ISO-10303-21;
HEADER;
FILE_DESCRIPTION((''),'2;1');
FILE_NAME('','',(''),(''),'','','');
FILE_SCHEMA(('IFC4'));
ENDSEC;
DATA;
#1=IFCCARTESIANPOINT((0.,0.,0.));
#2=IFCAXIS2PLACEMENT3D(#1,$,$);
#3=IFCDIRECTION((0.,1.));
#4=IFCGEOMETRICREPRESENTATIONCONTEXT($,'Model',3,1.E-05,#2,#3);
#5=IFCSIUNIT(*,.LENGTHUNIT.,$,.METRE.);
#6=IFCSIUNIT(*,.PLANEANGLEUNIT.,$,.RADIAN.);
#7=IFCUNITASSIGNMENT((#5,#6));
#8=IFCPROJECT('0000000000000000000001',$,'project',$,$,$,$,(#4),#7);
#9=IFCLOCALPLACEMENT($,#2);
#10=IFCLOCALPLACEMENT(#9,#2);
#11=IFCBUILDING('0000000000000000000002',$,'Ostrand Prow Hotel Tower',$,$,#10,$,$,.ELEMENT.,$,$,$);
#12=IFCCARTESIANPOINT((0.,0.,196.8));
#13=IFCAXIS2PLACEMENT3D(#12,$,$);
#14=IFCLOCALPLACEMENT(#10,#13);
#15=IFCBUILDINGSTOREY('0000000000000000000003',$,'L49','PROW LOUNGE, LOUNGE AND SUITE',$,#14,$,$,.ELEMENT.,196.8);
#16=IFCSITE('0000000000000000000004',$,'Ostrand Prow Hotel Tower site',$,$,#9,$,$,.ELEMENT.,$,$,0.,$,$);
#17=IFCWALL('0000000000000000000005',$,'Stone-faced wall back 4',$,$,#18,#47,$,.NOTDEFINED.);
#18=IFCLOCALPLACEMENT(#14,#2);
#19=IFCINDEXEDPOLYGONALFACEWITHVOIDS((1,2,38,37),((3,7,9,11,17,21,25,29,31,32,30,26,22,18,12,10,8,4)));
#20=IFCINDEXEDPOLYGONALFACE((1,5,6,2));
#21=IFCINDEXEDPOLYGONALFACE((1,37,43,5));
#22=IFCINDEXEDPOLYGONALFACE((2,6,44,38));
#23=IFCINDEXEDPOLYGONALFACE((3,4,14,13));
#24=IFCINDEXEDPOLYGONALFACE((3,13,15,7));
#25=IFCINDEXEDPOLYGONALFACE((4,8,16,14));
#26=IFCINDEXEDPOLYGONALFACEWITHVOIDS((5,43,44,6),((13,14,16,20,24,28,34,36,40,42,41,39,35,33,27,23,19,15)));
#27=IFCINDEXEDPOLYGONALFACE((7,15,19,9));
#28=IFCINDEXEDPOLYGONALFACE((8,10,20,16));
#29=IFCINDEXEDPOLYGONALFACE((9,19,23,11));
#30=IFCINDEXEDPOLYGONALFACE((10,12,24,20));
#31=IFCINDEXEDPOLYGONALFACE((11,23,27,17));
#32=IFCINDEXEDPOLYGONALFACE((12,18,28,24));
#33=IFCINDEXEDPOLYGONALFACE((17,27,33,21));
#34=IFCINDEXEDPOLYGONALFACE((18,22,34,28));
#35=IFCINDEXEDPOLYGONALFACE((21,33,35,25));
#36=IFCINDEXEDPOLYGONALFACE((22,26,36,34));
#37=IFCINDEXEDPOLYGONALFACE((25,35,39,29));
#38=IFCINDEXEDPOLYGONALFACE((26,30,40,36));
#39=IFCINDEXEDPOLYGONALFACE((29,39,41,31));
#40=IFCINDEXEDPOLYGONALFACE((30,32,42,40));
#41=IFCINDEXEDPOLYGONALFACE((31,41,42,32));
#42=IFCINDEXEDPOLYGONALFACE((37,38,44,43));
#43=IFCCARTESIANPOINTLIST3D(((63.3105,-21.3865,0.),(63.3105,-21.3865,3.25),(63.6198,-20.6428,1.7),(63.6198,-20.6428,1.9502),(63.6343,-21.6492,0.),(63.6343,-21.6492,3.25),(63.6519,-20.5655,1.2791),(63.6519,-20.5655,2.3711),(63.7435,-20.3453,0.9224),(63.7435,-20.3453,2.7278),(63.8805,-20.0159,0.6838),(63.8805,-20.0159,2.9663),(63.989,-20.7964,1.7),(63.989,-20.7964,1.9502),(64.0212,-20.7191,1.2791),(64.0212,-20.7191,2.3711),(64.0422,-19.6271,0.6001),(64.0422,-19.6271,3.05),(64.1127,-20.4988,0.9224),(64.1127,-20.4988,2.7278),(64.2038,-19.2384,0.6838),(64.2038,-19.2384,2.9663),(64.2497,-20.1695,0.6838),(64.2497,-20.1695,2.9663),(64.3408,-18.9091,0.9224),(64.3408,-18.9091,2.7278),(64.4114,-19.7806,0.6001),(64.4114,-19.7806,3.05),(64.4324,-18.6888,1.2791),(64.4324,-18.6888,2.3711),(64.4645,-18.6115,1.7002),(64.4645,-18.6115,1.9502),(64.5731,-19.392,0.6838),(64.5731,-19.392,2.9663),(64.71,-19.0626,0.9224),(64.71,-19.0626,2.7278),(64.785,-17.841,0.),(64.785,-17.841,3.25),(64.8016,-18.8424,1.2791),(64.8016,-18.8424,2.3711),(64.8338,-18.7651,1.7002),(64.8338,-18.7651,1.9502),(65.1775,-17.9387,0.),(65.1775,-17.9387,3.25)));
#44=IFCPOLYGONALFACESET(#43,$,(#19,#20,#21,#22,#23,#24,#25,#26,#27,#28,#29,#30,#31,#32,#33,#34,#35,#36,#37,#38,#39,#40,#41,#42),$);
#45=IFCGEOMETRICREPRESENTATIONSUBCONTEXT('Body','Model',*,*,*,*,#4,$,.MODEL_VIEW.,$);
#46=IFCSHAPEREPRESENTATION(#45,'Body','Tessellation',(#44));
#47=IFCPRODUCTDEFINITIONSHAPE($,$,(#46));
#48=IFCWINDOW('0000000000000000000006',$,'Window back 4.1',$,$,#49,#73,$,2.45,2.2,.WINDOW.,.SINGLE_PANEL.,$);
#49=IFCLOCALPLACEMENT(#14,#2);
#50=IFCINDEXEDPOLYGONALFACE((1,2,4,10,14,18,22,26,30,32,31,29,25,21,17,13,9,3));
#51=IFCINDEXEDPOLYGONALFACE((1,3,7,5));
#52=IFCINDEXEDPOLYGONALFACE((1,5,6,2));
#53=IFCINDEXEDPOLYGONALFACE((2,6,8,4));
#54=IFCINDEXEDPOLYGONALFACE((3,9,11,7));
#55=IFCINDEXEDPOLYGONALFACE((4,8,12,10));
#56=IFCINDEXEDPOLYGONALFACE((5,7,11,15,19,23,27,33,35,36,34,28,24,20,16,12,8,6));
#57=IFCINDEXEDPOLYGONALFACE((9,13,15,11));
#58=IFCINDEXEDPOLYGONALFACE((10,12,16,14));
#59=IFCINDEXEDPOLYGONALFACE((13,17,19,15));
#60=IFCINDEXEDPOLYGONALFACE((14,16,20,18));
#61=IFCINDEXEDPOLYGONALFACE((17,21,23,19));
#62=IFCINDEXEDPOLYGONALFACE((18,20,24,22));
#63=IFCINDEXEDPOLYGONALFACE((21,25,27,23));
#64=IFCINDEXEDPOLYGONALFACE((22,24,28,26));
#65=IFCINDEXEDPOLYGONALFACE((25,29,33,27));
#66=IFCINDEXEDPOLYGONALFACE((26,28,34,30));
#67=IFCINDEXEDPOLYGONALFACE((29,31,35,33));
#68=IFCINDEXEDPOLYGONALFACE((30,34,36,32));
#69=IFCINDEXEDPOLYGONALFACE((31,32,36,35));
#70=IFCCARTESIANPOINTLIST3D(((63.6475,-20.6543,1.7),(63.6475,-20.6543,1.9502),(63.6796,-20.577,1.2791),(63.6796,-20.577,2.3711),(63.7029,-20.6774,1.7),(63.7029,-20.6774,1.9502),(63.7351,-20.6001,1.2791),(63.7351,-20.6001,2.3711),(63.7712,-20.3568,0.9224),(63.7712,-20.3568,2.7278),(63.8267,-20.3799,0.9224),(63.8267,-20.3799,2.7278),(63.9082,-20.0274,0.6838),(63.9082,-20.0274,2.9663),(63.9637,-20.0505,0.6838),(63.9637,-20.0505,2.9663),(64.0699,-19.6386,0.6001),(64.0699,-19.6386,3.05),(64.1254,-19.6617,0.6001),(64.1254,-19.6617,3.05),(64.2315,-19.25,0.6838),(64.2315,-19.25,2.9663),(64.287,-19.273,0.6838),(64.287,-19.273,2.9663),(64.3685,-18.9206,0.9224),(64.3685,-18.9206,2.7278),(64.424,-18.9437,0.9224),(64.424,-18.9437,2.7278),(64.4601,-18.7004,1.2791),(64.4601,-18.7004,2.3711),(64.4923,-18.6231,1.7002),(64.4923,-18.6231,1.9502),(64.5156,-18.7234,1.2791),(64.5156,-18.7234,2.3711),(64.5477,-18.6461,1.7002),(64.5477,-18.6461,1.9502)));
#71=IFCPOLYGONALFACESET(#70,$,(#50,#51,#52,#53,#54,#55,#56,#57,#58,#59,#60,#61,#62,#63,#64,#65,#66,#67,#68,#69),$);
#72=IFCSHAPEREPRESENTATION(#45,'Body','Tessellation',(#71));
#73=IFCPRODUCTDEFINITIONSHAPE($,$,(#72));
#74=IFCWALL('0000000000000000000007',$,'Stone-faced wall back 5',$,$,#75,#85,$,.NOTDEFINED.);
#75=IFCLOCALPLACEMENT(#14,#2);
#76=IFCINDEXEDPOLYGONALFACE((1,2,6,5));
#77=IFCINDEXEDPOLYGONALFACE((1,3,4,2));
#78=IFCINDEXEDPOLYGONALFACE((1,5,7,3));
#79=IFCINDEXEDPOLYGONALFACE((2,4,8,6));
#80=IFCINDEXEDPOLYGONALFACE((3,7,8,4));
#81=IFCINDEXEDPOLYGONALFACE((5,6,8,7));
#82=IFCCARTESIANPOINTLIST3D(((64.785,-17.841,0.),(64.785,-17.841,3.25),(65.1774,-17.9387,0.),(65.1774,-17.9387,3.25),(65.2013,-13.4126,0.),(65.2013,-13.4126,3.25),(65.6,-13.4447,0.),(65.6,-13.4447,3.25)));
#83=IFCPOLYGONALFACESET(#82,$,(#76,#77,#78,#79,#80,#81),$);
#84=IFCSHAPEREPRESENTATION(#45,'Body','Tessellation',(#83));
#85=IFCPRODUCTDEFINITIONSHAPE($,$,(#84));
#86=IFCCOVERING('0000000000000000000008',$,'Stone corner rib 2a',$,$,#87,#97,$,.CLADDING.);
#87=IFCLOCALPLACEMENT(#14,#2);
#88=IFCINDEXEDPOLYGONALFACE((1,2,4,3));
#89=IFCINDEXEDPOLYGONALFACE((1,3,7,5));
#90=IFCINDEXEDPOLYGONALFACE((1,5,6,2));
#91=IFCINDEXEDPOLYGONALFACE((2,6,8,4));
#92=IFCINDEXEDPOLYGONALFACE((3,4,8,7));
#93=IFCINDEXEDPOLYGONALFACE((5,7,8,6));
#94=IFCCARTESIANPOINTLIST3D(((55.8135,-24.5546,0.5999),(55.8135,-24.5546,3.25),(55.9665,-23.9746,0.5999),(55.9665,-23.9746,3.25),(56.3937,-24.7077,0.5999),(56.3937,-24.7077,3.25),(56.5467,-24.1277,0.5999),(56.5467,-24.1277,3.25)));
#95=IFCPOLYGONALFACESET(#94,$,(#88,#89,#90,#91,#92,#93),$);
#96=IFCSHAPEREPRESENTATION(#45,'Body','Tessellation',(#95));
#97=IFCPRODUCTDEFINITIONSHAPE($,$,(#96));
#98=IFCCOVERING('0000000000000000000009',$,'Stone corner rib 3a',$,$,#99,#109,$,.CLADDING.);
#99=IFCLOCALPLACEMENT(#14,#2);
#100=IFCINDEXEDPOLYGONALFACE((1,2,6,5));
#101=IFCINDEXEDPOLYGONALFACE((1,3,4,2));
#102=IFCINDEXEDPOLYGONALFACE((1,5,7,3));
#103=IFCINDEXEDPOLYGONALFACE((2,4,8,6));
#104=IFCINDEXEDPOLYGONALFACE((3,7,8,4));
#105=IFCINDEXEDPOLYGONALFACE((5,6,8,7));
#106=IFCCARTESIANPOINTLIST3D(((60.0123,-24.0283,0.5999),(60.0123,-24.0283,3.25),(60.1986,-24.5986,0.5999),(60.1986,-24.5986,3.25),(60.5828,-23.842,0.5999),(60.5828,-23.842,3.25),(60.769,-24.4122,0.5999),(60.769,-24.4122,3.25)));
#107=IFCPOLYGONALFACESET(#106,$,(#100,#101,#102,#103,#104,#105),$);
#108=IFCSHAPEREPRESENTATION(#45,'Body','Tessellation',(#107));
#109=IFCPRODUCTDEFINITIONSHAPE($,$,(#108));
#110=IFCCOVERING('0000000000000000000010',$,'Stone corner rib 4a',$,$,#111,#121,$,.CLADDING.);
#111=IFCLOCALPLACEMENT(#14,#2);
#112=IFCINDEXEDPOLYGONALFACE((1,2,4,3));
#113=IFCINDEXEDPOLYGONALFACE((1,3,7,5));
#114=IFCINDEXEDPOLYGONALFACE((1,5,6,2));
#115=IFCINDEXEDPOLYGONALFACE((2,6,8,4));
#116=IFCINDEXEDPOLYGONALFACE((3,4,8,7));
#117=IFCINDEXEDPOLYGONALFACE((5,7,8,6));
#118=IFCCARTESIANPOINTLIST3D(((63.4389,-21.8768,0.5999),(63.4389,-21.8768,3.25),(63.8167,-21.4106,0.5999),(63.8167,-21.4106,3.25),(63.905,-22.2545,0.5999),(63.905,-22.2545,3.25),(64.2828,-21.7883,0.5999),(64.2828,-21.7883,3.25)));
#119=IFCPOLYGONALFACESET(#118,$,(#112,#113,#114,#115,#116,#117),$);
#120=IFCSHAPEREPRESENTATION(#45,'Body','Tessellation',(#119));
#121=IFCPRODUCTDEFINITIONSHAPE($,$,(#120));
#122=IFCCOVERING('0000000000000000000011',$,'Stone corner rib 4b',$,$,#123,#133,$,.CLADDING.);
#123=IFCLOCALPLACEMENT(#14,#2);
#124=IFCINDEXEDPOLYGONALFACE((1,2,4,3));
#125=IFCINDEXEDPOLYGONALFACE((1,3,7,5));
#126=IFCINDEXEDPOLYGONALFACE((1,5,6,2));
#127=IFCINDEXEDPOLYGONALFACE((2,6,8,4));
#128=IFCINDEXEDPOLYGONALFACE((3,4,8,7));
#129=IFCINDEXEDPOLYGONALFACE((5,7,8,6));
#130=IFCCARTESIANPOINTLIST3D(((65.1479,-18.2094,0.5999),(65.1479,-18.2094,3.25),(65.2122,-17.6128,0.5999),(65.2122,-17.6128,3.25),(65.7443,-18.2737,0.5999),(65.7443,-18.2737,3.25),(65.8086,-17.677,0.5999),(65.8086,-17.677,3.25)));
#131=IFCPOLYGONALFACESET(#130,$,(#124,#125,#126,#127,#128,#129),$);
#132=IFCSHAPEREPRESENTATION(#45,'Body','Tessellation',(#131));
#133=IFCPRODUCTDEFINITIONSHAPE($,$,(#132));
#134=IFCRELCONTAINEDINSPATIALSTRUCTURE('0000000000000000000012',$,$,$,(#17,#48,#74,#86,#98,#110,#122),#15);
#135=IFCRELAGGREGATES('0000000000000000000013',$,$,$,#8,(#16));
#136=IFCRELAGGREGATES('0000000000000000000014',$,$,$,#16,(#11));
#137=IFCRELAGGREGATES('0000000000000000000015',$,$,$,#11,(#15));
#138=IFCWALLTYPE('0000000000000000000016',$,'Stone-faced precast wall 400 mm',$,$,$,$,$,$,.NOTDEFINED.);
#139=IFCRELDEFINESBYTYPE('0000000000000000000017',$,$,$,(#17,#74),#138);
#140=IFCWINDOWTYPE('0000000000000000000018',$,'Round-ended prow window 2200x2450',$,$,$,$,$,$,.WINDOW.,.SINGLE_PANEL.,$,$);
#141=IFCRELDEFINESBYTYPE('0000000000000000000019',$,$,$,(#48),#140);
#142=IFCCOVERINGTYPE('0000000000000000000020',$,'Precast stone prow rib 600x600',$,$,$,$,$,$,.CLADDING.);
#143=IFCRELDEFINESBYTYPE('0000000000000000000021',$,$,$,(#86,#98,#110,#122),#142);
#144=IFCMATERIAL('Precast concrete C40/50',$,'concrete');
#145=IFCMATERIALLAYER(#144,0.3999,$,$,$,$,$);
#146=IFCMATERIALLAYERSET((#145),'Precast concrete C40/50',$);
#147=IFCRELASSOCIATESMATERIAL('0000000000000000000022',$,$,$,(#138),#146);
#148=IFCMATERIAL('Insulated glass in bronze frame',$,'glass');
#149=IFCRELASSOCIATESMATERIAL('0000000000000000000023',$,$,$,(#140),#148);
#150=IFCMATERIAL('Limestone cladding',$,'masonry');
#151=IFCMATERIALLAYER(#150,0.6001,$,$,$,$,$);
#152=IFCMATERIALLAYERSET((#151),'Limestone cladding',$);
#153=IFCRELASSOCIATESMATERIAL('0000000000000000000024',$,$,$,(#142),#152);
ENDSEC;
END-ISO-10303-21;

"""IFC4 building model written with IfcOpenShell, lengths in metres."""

from ifc_helpers import new_model, si_unit, direction, frame, frame_2d, origin, place, context, subcontext, project, spatial, polyline, rectangle, outline, extrude, material, layer, layer_set, type_object, element, fill, save


model = new_model("IFC4")

# Units and contexts
model_context = context("Model", 3, precision=1e-05, world=origin(), true_north=direction((0.0, 1.0)))
body_context = subcontext(model_context, "Body", "Model", "MODEL_VIEW")
ifc_project = project(units=[si_unit("LENGTHUNIT", "METRE"), si_unit("PLANEANGLEUNIT", "RADIAN")], contexts=[model_context])

# Site, building, storey
site_placement = place(None, origin())
site = spatial("IfcSite", under=ifc_project, at=site_placement, Name="Ostrand Prow Hotel Tower site", CompositionType="ELEMENT", RefElevation=0.0)
building_placement = place(site_placement, origin())
building = spatial("IfcBuilding", under=site, at=building_placement, Name="Ostrand Prow Hotel Tower", CompositionType="ELEMENT")
storey_placement = place(building_placement, frame((0.0, 0.0, 196.8)))
storey = spatial("IfcBuildingStorey", under=building, at=storey_placement, Name="L49", Description="PROW LOUNGE, LOUNGE AND SUITE", CompositionType="ELEMENT", Elevation=196.8)

# Wall, opening, window
ifc_material_1 = material(Name="Precast concrete C40/50", Category="concrete")
ifc_layer_1 = layer(ifc_material_1, 0.3999)
ifc_layer_set_1 = layer_set([ifc_layer_1], Name="Precast concrete C40/50")
wall_type_1 = type_object("IfcWallType", Name="Stone-faced precast wall 400 mm", PredefinedType="NOTDEFINED", material=ifc_layer_set_1)
ifc_material_2 = material(Name="Insulated glass in bronze frame", Category="glass")
window_type = type_object("IfcWindowType", Name="Round-ended prow window 2200x2450", PartitioningType="SINGLE_PANEL", PredefinedType="WINDOW", material=ifc_material_2)
wall_1_placement = place(storey_placement, frame((63.4724, -21.5178, 0.0), z_axis=(0.0, 0.0, 1.0), x_axis=(0.383998, 0.923334, 0.0)))
wall_1 = element("IfcWall", 1, at=wall_1_placement, inside=storey, type_object=wall_type_1, Name="Stone-faced wall back 4", PredefinedType="NOTDEFINED", context=body_context, shape_type="SweptSolid", body=[
    extrude(outline(polyline([(-0.0591, -0.2), (3.9595, -0.2), (3.8989, 0.2), (0.0591, 0.2), (-0.0591, -0.2)])), origin(), (0.0, 0.0, 1.0), 3.25),
])
opening_1_placement = place(wall_1_placement, frame((0.8645, 0.0, 0.6001)))
opening_1 = element("IfcOpeningElement", 2, at=opening_1_placement, cuts=wall_1, PredefinedType="OPENING", context=body_context, shape_type="SweptSolid", body=[
    extrude(outline(polyline([(0.0, 1.3501), (0.0837, 1.771), (0.3223, 2.1277), (0.679, 2.3662), (1.1001, 2.45), (1.521, 2.3662), (1.8777, 2.1277), (2.1162, 1.771), (2.2, 1.3501), (2.2, 1.1001), (2.1162, 0.679), (1.8777, 0.3223), (1.521, 0.0837), (1.1001, 0.0), (0.679, 0.0837), (0.3223, 0.3223), (0.0837, 0.679), (0.0, 1.0999), (0.0, 1.3501)])), frame((0.0, 0.21, 0.0), z_axis=(0.0, -1.0, 0.0), x_axis=(1.0, 0.0, 0.0)), (0.0, 0.0, 1.0), 0.4199),
])
window_1_placement = place(opening_1_placement, origin())
window_1 = element("IfcWindow", 3, at=window_1_placement, inside=storey, type_object=window_type, Name="Window back 4.1", OverallHeight=2.45, OverallWidth=2.2, PartitioningType="SINGLE_PANEL", PredefinedType="WINDOW", context=body_context, shape_type="SweptSolid", body=[
    extrude(outline(polyline([(0.0, 1.3501), (0.0837, 1.771), (0.3223, 2.1277), (0.679, 2.3662), (1.1001, 2.45), (1.521, 2.3662), (1.8777, 2.1277), (2.1162, 1.771), (2.2, 1.3501), (2.2, 1.1001), (2.1162, 0.679), (1.8777, 0.3223), (1.521, 0.0837), (1.1001, 0.0), (0.679, 0.0837), (0.3223, 0.3223), (0.0837, 0.679), (0.0, 1.0999), (0.0, 1.3501)])), frame((0.0, 0.1699, 0.0), z_axis=(0.0, -1.0, 0.0), x_axis=(1.0, 0.0, 0.0)), (0.0, 0.0, 1.0), 0.0601),
])
fill(opening_1, window_1)

# Wall
wall_2_placement = place(storey_placement, frame((64.9812, -17.8899, 0.0), z_axis=(0.0, 0.0, 1.0), x_axis=(0.093606, 0.995609, 0.0)))
element("IfcWall", 4, at=wall_2_placement, inside=storey, type_object=wall_type_1, Name="Stone-faced wall back 5", PredefinedType="NOTDEFINED", context=body_context, shape_type="SweptSolid", body=[
    extrude(outline(polyline([(-0.0303, -0.2), (4.4836, -0.2), (4.4783, 0.2), (0.0303, 0.2), (-0.0303, -0.2)])), origin(), (0.0, 0.0, 1.0), 3.25),
])

# Coverings
ifc_material_3 = material(Name="Limestone cladding", Category="masonry")
ifc_layer_2 = layer(ifc_material_3, 0.6001)
ifc_layer_set_2 = layer_set([ifc_layer_2], Name="Limestone cladding")
covering_type = type_object("IfcCoveringType", Name="Precast stone prow rib 600x600", PredefinedType="CLADDING", material=ifc_layer_set_2)
for number, where, z_axis, x_axis, name in (
    (5, (56.2566, -24.0513, 0.5999), (0.0, 0.0, 1.0), (-0.255154, -0.9669, 0.0), "Stone corner rib 2a"),
    (6, (60.2976, -23.9353, 0.5999), (0.0, 0.0, 1.0), (0.310484, -0.950578, 0.0), "Stone corner rib 3a"),
    (7, (63.6279, -21.6438, 0.5999), (0.0, 0.0, 1.0), (0.776923, -0.629596, 0.0), "Stone corner rib 4a"),
    (8, (65.1802, -17.9111, 0.5999), (0.0, 0.0, 1.0), (0.994255, -0.107036, 0.0), "Stone corner rib 4b"),
):
    element("IfcCovering", number, at=place(storey_placement, frame(where, z_axis=z_axis, x_axis=x_axis)), inside=storey, type_object=covering_type, Name=name, PredefinedType="CLADDING", context=body_context, shape_type="SweptSolid", body=[
        extrude(rectangle(XDim=0.5999, YDim=0.6001, at=frame_2d((0.2998, 0.0))), origin(), (0.0, 0.0, 1.0), 2.6501),
    ])

save(model, "model.ifc")
